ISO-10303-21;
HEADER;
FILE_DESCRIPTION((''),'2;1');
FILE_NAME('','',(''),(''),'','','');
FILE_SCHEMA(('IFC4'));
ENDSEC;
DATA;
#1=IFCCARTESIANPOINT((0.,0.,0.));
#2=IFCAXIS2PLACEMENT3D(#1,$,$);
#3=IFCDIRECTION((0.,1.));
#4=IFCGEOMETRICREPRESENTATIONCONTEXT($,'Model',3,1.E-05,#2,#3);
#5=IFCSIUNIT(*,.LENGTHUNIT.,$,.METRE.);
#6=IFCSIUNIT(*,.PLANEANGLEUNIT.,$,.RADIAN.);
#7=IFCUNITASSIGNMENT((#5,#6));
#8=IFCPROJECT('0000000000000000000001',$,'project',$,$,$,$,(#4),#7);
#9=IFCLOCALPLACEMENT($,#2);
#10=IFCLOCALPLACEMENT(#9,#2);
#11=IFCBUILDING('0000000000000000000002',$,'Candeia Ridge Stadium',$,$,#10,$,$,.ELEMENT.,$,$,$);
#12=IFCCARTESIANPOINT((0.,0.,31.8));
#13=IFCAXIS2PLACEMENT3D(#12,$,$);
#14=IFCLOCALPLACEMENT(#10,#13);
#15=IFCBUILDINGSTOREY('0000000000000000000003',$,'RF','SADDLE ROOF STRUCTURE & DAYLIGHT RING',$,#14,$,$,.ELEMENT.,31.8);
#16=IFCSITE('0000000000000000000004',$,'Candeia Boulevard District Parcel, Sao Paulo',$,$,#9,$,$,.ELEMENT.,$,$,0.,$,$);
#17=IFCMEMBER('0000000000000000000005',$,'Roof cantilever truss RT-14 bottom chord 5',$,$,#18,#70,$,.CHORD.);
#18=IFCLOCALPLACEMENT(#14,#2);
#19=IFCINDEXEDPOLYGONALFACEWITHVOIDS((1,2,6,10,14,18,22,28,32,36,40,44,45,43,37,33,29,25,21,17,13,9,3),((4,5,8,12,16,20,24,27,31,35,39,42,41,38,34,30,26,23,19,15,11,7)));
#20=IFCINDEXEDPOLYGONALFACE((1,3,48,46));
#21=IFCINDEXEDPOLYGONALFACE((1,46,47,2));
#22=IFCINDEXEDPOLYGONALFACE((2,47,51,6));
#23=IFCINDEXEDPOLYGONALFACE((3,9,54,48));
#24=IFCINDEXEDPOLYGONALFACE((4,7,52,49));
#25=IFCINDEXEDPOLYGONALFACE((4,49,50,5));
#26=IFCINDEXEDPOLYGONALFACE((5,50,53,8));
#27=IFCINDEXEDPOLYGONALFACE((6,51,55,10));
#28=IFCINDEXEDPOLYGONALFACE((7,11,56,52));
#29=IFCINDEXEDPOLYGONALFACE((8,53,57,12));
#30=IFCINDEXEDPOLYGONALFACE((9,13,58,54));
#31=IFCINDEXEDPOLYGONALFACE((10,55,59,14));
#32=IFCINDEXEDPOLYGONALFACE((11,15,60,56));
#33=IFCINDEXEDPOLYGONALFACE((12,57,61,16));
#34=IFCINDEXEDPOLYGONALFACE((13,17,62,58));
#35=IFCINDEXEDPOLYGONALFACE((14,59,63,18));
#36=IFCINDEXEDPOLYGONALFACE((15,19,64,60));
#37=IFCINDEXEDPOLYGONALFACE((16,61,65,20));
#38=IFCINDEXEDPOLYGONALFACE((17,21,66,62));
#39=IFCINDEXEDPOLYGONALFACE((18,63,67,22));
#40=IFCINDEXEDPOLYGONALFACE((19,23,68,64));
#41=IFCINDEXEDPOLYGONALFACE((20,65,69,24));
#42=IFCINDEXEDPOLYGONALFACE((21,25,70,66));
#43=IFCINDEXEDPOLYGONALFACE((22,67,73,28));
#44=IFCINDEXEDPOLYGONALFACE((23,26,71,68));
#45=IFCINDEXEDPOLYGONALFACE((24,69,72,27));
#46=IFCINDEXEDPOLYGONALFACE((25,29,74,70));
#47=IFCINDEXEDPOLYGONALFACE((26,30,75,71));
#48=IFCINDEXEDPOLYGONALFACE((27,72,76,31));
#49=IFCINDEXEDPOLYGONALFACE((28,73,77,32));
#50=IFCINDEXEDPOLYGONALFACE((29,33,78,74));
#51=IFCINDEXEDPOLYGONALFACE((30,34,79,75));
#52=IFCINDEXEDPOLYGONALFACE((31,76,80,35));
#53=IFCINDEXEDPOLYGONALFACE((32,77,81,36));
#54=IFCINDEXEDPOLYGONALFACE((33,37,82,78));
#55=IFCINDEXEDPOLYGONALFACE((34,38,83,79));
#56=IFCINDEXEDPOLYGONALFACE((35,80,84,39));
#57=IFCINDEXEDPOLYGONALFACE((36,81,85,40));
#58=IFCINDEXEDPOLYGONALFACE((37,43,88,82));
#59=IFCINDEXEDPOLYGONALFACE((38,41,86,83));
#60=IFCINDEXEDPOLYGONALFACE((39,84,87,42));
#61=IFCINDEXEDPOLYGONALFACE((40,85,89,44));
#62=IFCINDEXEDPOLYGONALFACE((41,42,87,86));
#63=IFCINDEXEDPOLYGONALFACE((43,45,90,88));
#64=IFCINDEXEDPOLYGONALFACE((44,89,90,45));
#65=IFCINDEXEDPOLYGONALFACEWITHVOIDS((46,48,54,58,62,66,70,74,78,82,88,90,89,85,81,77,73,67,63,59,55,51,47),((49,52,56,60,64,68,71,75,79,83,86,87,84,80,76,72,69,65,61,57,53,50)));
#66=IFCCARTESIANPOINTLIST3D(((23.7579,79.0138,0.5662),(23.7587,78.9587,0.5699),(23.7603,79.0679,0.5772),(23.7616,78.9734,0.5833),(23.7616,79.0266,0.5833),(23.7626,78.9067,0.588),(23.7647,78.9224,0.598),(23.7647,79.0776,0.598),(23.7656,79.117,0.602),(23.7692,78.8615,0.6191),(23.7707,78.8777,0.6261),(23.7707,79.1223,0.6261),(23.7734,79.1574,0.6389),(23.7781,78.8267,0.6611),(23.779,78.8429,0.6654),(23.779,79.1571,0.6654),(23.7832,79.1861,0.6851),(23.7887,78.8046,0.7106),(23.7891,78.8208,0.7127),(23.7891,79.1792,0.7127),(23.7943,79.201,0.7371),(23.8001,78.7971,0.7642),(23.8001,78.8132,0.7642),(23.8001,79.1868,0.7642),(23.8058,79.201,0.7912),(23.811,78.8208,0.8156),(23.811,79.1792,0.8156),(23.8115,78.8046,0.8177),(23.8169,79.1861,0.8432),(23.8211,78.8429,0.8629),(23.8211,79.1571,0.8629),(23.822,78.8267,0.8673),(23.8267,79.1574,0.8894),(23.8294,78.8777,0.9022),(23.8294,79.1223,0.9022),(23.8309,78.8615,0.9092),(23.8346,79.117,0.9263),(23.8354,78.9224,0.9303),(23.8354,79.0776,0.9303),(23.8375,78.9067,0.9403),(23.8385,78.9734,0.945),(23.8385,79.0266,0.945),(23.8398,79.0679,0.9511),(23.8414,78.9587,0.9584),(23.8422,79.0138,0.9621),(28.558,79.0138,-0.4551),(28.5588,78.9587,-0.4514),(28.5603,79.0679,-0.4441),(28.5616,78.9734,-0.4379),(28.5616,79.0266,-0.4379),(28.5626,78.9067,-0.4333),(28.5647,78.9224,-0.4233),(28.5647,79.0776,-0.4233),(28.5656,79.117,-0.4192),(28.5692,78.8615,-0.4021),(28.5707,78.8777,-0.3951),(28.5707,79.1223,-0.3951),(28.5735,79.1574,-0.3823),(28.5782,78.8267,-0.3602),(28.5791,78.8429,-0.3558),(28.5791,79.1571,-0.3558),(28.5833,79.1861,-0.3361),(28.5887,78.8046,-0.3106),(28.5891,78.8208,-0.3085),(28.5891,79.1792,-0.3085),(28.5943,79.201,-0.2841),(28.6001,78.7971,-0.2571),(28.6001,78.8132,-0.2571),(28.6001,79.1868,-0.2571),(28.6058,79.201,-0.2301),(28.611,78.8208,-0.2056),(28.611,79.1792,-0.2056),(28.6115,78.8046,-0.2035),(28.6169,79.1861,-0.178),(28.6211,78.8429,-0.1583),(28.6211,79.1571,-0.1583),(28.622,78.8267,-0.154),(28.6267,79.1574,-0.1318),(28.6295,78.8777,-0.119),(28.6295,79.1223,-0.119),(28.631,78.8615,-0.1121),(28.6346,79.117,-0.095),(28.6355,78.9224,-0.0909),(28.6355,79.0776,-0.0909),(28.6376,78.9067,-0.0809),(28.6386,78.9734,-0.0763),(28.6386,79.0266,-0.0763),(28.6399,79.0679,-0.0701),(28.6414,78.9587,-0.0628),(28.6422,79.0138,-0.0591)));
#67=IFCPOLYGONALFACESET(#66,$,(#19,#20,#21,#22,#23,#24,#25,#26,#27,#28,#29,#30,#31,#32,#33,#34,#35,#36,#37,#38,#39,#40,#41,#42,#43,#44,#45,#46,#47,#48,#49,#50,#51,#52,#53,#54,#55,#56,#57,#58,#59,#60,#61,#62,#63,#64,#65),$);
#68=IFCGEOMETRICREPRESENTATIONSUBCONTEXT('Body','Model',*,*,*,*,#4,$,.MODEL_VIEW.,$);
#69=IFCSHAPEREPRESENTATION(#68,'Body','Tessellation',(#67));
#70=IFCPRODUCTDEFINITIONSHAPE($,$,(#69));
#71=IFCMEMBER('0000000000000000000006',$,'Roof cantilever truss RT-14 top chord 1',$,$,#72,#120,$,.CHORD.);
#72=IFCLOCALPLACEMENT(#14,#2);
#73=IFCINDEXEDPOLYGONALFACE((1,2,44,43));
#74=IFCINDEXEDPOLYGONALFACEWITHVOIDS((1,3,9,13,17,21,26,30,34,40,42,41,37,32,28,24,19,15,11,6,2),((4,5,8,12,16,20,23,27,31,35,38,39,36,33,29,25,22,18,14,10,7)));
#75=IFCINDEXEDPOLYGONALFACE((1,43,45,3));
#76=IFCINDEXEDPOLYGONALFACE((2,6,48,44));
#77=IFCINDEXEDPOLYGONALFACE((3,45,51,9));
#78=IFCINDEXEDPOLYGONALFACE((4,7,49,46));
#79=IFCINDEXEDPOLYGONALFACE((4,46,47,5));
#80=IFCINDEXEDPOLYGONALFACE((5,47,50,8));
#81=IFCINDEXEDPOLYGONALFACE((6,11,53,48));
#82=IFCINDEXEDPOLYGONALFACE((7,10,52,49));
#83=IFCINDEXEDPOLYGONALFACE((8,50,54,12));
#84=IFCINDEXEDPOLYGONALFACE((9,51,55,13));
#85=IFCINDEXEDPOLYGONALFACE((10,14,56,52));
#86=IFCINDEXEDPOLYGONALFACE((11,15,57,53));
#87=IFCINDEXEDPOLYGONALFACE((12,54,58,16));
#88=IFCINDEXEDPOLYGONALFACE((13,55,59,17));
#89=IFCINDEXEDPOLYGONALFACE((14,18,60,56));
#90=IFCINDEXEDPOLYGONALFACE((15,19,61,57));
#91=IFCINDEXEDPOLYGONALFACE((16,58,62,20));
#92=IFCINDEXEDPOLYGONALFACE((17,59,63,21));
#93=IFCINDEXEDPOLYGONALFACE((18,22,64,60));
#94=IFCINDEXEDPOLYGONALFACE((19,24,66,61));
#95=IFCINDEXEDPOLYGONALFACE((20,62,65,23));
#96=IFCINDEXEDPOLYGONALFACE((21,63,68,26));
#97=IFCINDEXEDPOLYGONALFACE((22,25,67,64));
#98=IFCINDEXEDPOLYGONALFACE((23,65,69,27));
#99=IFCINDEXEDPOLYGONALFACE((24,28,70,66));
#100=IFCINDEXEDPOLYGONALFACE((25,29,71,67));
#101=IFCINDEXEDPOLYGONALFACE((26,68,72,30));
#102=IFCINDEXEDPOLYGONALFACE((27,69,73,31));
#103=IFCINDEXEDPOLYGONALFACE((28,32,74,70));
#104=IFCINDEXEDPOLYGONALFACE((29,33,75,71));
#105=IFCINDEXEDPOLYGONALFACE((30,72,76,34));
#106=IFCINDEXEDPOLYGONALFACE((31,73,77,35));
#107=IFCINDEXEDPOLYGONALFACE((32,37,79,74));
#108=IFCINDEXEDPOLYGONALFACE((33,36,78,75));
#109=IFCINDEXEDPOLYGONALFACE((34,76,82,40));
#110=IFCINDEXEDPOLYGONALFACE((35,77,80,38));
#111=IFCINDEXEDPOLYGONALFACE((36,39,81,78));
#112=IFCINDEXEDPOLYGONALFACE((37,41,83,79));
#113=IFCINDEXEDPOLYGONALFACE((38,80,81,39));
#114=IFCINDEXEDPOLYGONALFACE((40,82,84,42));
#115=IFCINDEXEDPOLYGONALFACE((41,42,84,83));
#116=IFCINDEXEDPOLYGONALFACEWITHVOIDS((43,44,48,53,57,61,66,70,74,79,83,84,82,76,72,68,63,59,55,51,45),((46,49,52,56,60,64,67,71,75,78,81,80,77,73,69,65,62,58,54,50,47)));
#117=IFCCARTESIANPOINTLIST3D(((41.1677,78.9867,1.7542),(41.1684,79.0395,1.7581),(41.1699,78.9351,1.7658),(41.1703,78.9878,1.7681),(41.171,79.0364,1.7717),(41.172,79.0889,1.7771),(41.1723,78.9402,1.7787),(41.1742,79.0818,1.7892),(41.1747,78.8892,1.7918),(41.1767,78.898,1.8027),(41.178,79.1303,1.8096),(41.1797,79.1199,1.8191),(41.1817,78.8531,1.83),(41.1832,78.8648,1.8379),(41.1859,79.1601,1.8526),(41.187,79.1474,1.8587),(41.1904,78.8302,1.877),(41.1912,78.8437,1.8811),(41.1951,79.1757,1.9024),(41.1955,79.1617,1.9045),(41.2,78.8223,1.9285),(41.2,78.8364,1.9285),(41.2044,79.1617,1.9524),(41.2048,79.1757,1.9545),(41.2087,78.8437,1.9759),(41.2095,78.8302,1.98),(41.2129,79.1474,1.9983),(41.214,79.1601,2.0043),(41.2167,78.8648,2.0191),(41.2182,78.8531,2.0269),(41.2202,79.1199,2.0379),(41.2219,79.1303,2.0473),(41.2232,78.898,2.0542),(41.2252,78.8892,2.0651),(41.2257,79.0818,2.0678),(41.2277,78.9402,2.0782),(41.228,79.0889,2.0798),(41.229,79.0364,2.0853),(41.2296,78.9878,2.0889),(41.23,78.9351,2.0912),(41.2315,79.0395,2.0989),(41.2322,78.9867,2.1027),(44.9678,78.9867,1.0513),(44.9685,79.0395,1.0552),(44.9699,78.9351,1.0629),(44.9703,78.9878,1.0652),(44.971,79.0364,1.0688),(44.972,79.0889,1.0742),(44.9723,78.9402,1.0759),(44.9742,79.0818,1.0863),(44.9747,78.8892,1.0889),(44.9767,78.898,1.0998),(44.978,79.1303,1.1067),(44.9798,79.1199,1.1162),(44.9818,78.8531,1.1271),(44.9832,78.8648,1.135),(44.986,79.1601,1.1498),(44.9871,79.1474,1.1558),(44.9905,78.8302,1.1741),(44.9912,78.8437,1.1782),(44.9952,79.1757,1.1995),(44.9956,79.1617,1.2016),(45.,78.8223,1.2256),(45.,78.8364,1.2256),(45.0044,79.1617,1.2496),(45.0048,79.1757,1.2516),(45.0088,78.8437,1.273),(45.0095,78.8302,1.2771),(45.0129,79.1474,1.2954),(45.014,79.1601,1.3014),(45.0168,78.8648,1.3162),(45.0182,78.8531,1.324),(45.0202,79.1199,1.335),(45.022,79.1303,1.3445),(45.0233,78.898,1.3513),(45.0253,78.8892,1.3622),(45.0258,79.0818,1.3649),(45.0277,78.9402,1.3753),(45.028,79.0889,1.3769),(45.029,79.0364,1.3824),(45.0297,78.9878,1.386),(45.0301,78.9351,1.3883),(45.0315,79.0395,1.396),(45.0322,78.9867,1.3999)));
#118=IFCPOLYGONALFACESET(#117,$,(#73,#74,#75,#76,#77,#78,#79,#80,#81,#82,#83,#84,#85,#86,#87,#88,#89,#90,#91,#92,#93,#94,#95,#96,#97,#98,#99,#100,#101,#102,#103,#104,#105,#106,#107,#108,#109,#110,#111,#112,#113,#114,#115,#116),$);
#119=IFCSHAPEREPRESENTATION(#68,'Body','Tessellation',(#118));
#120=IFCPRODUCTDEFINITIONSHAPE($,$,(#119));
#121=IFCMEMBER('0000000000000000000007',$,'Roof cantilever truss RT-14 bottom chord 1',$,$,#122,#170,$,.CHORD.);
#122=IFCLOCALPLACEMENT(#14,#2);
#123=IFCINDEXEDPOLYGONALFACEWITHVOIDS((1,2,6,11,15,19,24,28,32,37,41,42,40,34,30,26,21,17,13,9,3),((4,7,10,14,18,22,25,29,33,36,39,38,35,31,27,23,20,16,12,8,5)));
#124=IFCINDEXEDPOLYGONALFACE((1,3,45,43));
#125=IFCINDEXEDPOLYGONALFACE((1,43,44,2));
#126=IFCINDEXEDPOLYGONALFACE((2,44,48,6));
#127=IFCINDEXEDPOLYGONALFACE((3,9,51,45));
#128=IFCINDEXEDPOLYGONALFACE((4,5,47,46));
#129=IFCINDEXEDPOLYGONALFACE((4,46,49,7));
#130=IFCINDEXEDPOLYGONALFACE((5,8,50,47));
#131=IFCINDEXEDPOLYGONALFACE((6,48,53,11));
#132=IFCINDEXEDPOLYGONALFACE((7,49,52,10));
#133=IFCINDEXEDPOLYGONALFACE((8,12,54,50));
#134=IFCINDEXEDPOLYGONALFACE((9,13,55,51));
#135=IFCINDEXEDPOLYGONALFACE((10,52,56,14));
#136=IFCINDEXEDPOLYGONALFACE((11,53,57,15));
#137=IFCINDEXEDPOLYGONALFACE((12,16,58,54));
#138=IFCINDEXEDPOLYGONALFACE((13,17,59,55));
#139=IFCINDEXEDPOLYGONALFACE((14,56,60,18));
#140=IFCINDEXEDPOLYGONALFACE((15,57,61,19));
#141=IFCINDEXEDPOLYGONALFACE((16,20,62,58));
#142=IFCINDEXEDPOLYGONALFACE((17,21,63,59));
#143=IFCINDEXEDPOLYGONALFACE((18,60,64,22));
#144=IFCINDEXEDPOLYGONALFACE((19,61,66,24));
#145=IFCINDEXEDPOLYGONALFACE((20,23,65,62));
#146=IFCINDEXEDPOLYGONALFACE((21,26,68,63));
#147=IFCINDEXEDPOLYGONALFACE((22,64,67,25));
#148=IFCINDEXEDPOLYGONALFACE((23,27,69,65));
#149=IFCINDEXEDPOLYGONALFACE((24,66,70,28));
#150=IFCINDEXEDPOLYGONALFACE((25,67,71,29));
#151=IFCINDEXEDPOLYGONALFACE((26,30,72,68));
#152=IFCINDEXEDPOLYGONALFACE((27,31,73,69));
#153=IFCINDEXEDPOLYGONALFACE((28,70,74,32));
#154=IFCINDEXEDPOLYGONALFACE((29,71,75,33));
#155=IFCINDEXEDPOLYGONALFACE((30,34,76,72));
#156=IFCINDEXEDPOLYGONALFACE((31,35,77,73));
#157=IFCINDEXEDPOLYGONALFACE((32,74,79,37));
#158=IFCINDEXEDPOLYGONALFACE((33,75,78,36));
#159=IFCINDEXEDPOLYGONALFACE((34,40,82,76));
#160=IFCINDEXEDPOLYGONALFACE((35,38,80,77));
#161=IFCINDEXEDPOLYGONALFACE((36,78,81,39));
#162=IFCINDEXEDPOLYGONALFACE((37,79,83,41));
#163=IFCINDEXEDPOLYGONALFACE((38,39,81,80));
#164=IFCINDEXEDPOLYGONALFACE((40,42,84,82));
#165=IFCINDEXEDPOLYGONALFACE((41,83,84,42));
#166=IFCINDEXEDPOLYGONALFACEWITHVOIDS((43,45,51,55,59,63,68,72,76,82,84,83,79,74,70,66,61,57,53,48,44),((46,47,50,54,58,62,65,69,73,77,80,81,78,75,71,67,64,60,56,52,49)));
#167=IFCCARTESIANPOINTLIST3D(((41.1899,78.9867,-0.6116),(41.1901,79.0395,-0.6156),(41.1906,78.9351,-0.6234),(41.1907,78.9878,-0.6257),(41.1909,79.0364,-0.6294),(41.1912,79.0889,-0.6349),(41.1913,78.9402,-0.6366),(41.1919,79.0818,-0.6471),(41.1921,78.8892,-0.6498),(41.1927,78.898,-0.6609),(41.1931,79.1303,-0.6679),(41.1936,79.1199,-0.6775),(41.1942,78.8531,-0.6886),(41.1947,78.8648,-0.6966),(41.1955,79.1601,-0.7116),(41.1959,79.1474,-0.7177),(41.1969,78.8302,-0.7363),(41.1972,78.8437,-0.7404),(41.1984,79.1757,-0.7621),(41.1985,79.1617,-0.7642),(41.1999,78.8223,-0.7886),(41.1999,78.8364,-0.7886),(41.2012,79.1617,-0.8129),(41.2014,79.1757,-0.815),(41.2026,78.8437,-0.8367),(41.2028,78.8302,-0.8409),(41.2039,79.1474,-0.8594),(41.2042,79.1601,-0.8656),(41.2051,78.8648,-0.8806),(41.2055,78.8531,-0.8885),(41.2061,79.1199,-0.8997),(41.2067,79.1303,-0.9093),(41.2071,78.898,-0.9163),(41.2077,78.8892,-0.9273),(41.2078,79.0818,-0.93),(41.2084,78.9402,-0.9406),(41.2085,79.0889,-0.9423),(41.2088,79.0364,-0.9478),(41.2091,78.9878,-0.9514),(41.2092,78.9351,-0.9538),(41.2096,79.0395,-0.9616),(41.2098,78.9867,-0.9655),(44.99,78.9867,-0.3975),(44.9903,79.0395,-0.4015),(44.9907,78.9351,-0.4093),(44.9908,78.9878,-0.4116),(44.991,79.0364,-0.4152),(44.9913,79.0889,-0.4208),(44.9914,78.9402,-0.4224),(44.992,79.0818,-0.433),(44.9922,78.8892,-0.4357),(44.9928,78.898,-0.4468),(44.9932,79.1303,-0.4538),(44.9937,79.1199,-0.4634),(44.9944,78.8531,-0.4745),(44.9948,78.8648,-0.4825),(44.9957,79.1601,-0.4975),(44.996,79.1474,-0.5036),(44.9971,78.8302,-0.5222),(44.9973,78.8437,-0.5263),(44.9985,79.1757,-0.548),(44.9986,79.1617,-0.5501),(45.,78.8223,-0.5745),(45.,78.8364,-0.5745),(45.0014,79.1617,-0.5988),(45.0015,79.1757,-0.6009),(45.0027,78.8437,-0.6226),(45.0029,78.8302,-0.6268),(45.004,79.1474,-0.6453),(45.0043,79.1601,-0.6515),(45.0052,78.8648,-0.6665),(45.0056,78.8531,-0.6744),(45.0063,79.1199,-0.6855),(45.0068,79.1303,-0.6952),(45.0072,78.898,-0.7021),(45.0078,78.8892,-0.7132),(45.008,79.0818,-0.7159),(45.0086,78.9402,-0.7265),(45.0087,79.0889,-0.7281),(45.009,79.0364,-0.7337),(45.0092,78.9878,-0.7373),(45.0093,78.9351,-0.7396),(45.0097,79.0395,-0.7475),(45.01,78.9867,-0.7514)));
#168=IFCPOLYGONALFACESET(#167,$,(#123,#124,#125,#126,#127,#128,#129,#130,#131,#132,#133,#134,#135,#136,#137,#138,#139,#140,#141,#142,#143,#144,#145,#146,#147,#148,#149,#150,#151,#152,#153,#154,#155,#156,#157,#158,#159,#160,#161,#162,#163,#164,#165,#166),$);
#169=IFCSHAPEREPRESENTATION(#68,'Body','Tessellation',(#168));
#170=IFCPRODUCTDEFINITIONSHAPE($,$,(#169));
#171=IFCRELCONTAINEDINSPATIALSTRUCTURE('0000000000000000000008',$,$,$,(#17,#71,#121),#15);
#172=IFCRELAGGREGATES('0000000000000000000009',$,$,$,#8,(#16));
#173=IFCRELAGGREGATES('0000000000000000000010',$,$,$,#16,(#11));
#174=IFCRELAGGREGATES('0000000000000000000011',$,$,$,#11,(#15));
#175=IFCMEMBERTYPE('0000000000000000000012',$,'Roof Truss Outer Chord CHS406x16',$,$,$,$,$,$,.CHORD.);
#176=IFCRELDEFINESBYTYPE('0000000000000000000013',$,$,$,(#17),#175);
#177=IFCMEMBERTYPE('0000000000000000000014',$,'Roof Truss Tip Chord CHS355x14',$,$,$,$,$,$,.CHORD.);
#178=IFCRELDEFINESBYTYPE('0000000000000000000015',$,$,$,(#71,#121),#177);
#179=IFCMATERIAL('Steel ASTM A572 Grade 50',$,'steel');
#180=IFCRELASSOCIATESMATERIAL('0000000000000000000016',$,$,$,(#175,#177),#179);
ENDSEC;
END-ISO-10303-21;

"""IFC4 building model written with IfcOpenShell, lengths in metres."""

from ifc_helpers import new_model, si_unit, direction, frame, origin, origin_2d, place, context, subcontext, project, spatial, hollow_circle, extrude, material, material_profile, profile_set, type_object, element, save


model = new_model("IFC4")

# Units and contexts
model_context = context("Model", 3, precision=1e-05, world=origin(), true_north=direction((0.0, 1.0)))
body_context = subcontext(model_context, "Body", "Model", "MODEL_VIEW")
ifc_project = project(units=[si_unit("LENGTHUNIT", "METRE"), si_unit("PLANEANGLEUNIT", "RADIAN")], contexts=[model_context])

# Site, building, storey
site_placement = place(None, origin())
site = spatial("IfcSite", under=ifc_project, at=site_placement, Name="Candeia Boulevard District Parcel, Sao Paulo", CompositionType="ELEMENT", RefElevation=0.0)
building_placement = place(site_placement, origin())
building = spatial("IfcBuilding", under=site, at=building_placement, Name="Candeia Ridge Stadium", CompositionType="ELEMENT")
storey_placement = place(building_placement, frame((0.0, 0.0, 31.8)))
storey = spatial("IfcBuildingStorey", under=building, at=storey_placement, Name="RF", Description="SADDLE ROOF STRUCTURE & DAYLIGHT RING", CompositionType="ELEMENT", Elevation=31.8)

# Shared definitions
ifc_material_1 = material(Name="Steel ASTM A572 Grade 50", Category="steel")

# Members
ifc_material_profile_1 = material_profile(ifc_material_1, hollow_circle(Radius=0.2029, WallThickness=0.0161, at=origin_2d()), Name="CHS406x16", Category="steel")
ifc_profile_set_1 = profile_set([ifc_material_profile_1], Name="Steel ASTM A572 Grade 50")
member_type_1 = type_object("IfcMemberType", Name="Roof Truss Outer Chord CHS406x16", PredefinedType="CHORD", material=ifc_profile_set_1)
member_1_placement = place(storey_placement, frame((28.6001, 79.0, -0.2571), z_axis=(-0.978108, 0.0, 0.208099), x_axis=(0.0, -1.0, 0.0)))
element("IfcMember", 1, at=member_1_placement, inside=storey, type_object=member_type_1, Name="Roof cantilever truss RT-14 bottom chord 5", PredefinedType="CHORD", context=body_context, shape_type="SweptSolid", body=[
    extrude(hollow_circle(Radius=0.2029, WallThickness=0.0161, at=origin_2d()), origin(), (0.0, 0.0, 1.0), 4.9075),
])
ifc_material_profile_2 = material_profile(ifc_material_1, hollow_circle(Radius=0.1777, WallThickness=0.0142, at=origin_2d()), Name="CHS355x14", Category="steel")
ifc_profile_set_2 = profile_set([ifc_material_profile_2], Name="Steel ASTM A572 Grade 50")
member_type_2 = type_object("IfcMemberType", Name="Roof Truss Tip Chord CHS355x14", PredefinedType="CHORD", material=ifc_profile_set_2)
member_2_placement = place(storey_placement, frame((45.0, 79.0, 1.2256), z_axis=(-0.983321, 0.0, 0.181881), x_axis=(0.0, -1.0, 0.0)))
element("IfcMember", 2, at=member_2_placement, inside=storey, type_object=member_type_2, Name="Roof cantilever truss RT-14 top chord 1", PredefinedType="CHORD", context=body_context, shape_type="SweptSolid", body=[
    extrude(hollow_circle(Radius=0.1777, WallThickness=0.0142, at=origin_2d()), origin(), (0.0, 0.0, 1.0), 3.8645),
])
member_3_placement = place(storey_placement, frame((45.0, 79.0, -0.5745), z_axis=(-0.998416, 0.0, -0.056255), x_axis=(0.0, -1.0, 0.0)))
element("IfcMember", 3, at=member_3_placement, inside=storey, type_object=member_type_2, Name="Roof cantilever truss RT-14 bottom chord 1", PredefinedType="CHORD", context=body_context, shape_type="SweptSolid", body=[
    extrude(hollow_circle(Radius=0.1777, WallThickness=0.0142, at=origin_2d()), origin(), (0.0, 0.0, 1.0), 3.8062),
])

save(model, "model.ifc")
